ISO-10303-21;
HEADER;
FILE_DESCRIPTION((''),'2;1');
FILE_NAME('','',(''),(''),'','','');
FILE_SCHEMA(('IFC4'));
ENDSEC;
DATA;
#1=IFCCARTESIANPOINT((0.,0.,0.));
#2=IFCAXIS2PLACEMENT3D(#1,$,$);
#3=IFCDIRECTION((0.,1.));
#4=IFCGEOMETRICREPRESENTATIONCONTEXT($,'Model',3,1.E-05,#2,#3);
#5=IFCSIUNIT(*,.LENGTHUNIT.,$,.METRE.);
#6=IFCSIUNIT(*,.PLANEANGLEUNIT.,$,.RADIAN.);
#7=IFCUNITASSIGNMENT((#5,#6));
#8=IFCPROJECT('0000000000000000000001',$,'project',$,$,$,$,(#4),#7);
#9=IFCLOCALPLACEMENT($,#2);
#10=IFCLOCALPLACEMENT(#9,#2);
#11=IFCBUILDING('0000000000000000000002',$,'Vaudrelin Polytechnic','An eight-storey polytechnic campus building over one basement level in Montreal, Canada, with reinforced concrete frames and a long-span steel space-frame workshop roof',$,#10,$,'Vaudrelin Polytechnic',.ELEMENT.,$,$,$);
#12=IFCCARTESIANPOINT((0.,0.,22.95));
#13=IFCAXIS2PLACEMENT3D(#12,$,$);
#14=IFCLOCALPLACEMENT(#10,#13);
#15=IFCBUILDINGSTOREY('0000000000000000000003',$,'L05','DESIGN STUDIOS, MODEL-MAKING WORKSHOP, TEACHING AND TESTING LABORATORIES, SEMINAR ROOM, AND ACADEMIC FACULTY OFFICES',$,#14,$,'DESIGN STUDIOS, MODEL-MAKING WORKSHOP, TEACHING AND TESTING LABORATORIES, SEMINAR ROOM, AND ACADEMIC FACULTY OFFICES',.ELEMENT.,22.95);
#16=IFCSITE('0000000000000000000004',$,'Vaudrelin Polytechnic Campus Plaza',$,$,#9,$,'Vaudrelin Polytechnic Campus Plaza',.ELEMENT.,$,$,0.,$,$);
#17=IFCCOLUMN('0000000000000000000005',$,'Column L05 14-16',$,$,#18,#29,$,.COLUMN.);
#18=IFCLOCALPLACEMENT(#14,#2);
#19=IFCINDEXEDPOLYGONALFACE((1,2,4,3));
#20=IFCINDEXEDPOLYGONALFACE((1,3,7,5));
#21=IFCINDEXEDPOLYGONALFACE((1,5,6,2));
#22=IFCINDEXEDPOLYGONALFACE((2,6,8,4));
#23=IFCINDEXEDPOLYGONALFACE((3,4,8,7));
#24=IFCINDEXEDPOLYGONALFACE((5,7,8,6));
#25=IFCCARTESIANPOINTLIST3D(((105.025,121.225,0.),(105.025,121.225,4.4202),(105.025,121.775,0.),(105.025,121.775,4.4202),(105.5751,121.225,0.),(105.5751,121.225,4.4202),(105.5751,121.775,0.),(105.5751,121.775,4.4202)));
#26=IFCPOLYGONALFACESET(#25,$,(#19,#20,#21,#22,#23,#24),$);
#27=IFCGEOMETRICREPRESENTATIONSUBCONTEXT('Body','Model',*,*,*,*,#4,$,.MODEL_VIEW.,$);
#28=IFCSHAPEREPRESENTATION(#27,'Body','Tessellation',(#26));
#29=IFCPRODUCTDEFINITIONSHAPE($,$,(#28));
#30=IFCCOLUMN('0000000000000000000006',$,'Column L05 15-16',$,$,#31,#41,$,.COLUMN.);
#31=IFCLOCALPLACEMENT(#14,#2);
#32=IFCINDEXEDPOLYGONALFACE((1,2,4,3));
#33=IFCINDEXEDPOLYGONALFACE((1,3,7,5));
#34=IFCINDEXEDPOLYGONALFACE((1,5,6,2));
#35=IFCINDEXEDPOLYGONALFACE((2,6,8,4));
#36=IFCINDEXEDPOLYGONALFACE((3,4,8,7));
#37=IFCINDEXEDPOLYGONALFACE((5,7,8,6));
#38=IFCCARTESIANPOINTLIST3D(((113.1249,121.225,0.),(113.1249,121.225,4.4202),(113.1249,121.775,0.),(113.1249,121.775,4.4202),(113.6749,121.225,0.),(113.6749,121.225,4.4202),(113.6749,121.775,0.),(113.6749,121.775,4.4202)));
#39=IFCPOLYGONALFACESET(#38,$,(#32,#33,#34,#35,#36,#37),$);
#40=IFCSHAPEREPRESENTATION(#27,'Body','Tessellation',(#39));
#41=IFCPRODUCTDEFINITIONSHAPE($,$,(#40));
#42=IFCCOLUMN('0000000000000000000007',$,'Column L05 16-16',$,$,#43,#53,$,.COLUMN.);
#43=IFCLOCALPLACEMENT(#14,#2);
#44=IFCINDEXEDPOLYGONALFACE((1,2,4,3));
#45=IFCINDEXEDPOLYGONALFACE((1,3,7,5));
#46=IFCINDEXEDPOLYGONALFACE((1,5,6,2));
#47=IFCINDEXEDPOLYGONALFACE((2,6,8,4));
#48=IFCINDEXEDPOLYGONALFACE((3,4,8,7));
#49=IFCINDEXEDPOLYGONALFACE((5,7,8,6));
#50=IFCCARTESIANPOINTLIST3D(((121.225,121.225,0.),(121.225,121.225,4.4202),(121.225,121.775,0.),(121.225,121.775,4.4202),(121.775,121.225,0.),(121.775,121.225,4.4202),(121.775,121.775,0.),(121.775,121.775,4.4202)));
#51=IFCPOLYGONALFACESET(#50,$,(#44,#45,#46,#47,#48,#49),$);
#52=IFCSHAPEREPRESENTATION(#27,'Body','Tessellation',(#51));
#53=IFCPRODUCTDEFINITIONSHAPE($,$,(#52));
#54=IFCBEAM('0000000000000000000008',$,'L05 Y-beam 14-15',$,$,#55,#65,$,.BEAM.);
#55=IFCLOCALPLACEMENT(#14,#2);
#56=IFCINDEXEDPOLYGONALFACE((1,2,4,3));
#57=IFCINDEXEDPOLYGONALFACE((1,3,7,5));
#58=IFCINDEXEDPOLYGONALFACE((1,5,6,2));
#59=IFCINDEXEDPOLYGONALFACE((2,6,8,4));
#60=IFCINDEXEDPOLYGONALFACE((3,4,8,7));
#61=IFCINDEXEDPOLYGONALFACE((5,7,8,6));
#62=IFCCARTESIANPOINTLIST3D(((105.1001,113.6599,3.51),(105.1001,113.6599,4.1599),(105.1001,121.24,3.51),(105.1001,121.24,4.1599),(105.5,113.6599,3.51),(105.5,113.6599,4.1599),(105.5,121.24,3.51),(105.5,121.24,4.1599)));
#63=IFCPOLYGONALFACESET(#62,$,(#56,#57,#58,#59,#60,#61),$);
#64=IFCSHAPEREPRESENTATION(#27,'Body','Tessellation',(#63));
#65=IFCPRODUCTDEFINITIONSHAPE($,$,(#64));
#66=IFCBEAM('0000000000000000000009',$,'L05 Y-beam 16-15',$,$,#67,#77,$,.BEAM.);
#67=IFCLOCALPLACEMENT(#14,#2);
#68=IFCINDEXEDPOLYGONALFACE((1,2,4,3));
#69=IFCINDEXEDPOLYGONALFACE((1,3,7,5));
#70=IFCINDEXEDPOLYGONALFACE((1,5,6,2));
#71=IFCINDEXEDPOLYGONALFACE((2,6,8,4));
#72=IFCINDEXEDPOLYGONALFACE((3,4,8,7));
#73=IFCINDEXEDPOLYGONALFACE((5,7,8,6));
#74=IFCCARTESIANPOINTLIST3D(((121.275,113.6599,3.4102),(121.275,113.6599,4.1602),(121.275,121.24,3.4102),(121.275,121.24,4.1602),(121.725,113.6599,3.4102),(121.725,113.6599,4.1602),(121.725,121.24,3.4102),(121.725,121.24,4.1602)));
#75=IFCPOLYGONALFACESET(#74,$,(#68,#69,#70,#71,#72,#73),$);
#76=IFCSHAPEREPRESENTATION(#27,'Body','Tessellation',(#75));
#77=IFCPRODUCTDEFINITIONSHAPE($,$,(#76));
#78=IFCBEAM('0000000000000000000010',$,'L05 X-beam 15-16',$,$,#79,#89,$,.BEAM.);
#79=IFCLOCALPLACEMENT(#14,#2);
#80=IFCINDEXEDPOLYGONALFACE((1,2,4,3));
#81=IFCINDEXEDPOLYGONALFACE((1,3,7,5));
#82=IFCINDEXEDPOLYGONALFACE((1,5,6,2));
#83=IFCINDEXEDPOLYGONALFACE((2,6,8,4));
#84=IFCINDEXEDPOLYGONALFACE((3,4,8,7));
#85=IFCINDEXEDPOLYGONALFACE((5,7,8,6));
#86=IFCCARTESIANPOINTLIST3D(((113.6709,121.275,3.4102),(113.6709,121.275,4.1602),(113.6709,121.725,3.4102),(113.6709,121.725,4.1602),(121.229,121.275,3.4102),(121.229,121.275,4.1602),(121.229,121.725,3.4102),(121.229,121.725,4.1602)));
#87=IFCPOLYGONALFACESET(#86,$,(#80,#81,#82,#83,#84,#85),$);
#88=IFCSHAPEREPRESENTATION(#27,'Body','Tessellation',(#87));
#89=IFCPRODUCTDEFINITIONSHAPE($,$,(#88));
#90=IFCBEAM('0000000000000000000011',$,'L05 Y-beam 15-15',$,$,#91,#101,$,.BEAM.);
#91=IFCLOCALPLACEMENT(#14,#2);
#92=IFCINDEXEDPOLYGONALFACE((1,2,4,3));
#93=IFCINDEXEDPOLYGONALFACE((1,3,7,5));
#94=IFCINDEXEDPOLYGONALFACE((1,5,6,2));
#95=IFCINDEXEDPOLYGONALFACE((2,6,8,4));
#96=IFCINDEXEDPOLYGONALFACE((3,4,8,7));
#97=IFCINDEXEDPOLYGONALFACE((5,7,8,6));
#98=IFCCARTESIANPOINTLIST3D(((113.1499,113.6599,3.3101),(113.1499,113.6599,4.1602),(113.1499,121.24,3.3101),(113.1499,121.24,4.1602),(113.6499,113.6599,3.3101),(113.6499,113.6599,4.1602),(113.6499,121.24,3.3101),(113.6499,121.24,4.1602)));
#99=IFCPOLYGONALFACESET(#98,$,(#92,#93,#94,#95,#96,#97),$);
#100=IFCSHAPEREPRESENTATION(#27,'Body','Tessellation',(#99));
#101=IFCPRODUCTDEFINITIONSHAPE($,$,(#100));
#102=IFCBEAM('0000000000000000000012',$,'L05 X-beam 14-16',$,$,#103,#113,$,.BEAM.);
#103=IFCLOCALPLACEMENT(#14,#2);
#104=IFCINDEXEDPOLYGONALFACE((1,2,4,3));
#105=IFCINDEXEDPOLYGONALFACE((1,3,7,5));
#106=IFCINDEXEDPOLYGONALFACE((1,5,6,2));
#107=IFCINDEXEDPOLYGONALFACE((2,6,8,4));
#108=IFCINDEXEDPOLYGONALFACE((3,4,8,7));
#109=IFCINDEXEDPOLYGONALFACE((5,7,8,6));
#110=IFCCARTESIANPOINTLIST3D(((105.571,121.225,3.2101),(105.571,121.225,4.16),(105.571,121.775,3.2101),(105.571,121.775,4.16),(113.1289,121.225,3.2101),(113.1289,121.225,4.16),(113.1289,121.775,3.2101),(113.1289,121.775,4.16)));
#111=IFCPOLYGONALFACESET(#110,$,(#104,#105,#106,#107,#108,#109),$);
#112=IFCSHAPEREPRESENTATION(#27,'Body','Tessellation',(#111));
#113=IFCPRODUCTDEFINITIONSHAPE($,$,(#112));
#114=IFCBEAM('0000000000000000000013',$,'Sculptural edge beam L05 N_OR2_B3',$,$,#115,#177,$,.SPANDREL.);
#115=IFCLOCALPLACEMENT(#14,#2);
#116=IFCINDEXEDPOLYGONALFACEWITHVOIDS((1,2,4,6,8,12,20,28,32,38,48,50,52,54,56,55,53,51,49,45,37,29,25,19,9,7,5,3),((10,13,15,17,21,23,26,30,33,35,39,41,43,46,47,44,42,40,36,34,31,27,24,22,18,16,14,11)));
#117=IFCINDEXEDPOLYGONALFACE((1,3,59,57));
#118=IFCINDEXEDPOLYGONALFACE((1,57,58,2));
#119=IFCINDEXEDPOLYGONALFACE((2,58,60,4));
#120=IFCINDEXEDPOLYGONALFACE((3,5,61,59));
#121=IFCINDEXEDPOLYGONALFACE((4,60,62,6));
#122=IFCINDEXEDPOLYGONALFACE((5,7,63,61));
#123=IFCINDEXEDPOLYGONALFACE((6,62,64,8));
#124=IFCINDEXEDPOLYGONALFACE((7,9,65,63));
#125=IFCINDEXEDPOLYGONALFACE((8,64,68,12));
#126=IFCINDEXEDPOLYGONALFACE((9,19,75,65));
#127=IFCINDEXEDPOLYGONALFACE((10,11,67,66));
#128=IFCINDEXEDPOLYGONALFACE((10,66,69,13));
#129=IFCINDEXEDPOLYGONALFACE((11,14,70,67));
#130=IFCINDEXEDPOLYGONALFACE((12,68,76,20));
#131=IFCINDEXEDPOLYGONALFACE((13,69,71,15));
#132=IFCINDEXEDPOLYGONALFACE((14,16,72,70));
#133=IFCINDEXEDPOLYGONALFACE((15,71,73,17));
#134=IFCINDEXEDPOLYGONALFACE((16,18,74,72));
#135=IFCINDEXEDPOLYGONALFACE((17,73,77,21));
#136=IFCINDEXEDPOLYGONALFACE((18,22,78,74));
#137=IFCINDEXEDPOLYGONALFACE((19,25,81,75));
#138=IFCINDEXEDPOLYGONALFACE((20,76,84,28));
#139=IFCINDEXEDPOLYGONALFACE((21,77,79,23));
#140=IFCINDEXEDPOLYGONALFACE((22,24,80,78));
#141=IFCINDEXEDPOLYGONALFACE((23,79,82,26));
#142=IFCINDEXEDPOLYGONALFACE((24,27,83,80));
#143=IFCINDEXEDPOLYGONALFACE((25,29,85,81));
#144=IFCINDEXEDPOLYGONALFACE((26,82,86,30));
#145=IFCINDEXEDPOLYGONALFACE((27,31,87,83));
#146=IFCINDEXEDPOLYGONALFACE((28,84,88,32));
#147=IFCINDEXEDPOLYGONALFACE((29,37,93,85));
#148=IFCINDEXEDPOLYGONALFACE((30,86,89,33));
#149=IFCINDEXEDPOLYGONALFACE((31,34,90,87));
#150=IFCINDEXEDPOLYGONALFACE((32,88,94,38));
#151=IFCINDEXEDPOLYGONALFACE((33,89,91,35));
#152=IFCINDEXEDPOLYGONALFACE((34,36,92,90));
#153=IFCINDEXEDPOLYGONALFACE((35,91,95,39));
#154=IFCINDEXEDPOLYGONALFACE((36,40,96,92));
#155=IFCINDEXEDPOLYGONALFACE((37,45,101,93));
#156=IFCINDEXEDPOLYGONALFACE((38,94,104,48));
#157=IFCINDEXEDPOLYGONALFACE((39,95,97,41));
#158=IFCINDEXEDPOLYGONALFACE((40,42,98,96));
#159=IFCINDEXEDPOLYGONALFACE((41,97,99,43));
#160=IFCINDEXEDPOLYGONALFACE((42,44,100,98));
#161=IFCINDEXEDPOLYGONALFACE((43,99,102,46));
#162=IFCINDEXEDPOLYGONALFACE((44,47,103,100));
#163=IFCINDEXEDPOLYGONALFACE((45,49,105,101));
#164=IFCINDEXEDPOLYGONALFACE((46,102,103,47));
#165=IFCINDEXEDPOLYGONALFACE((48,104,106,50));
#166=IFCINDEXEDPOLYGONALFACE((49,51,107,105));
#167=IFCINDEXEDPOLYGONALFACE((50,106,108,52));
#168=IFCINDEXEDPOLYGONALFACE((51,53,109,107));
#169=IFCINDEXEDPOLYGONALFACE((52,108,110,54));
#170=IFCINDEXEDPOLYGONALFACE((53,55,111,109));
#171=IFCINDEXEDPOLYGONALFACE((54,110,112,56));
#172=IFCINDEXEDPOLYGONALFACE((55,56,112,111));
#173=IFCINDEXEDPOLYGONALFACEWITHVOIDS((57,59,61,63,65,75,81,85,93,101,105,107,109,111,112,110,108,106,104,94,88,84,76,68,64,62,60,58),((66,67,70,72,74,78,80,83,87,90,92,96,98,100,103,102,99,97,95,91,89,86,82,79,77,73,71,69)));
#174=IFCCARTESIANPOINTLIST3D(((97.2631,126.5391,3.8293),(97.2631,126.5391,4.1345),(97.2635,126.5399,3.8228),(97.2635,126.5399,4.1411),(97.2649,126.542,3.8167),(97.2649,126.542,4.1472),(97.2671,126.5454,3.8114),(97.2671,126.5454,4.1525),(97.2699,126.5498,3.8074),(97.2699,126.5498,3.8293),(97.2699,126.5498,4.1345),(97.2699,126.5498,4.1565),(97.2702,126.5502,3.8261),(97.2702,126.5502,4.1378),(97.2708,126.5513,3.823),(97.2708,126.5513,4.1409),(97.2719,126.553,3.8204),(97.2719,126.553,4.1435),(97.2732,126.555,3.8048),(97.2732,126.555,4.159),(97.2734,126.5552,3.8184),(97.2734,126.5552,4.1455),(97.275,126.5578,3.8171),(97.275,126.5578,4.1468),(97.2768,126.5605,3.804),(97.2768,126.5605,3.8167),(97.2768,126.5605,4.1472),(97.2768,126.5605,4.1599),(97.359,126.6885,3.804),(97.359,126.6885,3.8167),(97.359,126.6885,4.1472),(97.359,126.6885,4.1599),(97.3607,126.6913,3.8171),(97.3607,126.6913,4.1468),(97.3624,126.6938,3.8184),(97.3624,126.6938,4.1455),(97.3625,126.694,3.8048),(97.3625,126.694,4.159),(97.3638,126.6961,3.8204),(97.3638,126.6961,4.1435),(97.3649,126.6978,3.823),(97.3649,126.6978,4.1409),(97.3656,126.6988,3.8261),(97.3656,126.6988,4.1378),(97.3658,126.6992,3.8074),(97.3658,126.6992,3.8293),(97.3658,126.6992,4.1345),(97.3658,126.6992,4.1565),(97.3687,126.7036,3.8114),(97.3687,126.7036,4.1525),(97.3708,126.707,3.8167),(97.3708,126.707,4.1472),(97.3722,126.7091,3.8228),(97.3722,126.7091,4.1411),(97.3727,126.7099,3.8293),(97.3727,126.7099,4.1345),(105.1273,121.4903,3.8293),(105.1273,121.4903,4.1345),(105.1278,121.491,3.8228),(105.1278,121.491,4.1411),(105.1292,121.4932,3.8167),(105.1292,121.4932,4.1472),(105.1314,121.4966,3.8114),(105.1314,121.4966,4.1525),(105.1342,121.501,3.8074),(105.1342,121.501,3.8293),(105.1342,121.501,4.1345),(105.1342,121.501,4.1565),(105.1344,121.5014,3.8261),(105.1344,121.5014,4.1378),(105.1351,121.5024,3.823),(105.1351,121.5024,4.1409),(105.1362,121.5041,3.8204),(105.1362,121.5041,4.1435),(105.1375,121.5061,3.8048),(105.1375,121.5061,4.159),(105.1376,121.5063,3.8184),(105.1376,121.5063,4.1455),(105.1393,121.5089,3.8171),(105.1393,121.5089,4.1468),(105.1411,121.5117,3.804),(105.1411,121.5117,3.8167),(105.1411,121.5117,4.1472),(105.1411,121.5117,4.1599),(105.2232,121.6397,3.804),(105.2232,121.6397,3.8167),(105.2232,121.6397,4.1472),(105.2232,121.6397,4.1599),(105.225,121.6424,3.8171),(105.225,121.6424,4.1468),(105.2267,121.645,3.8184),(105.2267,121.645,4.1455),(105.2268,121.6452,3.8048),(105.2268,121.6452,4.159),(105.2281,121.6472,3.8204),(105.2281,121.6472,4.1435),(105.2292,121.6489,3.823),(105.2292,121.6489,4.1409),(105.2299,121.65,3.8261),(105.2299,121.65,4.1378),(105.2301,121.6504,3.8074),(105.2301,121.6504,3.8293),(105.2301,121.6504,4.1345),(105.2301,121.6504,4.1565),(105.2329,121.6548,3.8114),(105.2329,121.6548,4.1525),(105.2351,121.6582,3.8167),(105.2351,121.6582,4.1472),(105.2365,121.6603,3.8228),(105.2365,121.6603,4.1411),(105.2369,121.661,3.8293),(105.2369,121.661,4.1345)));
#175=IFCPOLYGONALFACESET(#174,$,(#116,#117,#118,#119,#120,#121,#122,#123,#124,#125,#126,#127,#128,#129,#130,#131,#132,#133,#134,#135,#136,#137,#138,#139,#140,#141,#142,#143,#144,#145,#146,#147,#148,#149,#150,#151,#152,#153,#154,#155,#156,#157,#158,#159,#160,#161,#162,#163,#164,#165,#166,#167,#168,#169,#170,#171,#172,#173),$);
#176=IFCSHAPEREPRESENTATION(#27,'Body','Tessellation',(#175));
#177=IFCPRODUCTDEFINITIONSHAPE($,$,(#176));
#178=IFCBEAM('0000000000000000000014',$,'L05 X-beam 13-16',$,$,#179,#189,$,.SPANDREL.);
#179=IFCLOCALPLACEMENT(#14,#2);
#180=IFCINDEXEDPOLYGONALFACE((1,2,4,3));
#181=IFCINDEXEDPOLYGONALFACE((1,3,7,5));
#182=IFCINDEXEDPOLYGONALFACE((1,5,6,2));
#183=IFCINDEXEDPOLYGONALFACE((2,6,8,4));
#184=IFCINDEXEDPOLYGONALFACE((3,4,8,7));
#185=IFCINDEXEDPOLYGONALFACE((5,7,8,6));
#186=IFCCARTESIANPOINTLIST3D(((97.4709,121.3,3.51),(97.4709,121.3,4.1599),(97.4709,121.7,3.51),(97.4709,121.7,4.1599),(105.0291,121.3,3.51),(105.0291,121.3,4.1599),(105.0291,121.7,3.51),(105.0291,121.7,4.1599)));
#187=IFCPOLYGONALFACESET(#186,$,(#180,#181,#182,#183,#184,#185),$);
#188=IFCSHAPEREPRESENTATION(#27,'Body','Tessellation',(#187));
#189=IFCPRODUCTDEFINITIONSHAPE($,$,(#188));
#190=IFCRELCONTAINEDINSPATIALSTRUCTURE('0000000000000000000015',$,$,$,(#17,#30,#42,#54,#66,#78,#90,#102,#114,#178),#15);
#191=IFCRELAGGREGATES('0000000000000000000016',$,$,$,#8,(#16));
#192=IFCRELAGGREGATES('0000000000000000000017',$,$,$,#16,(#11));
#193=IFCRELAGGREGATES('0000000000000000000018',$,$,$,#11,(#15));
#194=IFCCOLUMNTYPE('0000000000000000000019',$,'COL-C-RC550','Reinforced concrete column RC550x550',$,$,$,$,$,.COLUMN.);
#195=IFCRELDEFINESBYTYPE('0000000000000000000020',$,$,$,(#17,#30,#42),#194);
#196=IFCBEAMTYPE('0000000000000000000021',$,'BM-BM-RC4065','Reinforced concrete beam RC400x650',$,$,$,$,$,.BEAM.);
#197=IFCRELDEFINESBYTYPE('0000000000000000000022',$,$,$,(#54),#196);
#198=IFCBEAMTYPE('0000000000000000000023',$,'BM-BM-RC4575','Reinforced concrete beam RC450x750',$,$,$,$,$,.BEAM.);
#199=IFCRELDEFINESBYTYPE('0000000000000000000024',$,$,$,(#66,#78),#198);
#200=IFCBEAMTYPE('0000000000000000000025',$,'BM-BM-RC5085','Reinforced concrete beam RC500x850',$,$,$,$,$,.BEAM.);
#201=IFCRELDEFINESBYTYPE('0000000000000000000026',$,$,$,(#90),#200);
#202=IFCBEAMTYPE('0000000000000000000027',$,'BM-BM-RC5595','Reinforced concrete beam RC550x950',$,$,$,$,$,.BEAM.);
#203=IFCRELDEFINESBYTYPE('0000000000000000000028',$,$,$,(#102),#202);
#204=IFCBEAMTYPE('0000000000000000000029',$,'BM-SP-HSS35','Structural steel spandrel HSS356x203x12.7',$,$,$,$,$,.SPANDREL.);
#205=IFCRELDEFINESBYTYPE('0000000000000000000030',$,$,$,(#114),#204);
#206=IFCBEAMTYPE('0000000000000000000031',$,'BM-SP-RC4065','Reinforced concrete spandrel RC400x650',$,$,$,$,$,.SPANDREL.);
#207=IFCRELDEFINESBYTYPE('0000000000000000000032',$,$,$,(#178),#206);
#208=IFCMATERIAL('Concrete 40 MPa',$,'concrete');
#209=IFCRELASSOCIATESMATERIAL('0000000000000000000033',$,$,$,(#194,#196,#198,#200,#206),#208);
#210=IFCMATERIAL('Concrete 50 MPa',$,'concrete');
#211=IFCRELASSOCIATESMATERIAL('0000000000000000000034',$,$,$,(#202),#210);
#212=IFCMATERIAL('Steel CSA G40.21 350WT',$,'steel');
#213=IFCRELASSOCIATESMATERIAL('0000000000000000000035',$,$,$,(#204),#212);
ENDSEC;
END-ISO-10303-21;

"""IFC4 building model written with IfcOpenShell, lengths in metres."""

from ifc_helpers import new_model, si_unit, direction, frame, origin, origin_2d, place, context, subcontext, project, spatial, rectangle, hollow_rectangle, extrude, material, material_profile, profile_set, type_object, element, save


model = new_model("IFC4")

# Units and contexts
model_context = context("Model", 3, precision=1e-05, world=origin(), true_north=direction((0.0, 1.0)))
body_context = subcontext(model_context, "Body", "Model", "MODEL_VIEW")
ifc_project = project(units=[si_unit("LENGTHUNIT", "METRE"), si_unit("PLANEANGLEUNIT", "RADIAN")], contexts=[model_context])

# Site, building, storey
site_placement = place(None, origin())
site = spatial("IfcSite", under=ifc_project, at=site_placement, Name="Vaudrelin Polytechnic Campus Plaza", LongName="Vaudrelin Polytechnic Campus Plaza", CompositionType="ELEMENT", RefElevation=0.0)
building_placement = place(site_placement, origin())
building = spatial("IfcBuilding", under=site, at=building_placement, Name="Vaudrelin Polytechnic", Description="An eight-storey polytechnic campus building over one basement level in Montreal, Canada, with reinforced concrete frames and a long-span steel space-frame workshop roof", LongName="Vaudrelin Polytechnic", CompositionType="ELEMENT")
storey_placement = place(building_placement, frame((0.0, 0.0, 22.95)))
storey = spatial("IfcBuildingStorey", under=building, at=storey_placement, Name="L05", Description="DESIGN STUDIOS, MODEL-MAKING WORKSHOP, TEACHING AND TESTING LABORATORIES, SEMINAR ROOM, AND ACADEMIC FACULTY OFFICES", LongName="DESIGN STUDIOS, MODEL-MAKING WORKSHOP, TEACHING AND TESTING LABORATORIES, SEMINAR ROOM, AND ACADEMIC FACULTY OFFICES", CompositionType="ELEMENT", Elevation=22.95)

# Columns
ifc_material_1 = material(Name="Concrete 40 MPa", Category="concrete")
ifc_material_profile_1 = material_profile(ifc_material_1, rectangle(XDim=0.55, YDim=0.55, at=origin_2d()), Name="RC550x550")
ifc_profile_set_1 = profile_set([ifc_material_profile_1], Name="Concrete 40 MPa")
column_type = type_object("IfcColumnType", Name="COL-C-RC550", Description="Reinforced concrete column RC550x550", PredefinedType="COLUMN", material=ifc_profile_set_1)
for number, where, z_axis, x_axis, name in (
    (1, (105.3, 121.5, 0.0), (0.0, 0.0, 1.0), (1.0, 0.0, 0.0), "Column L05 14-16"),
    (2, (113.3999, 121.5, 0.0), (0.0, 0.0, 1.0), (1.0, 0.0, 0.0), "Column L05 15-16"),
    (3, (121.5, 121.5, 0.0), (0.0, 0.0, 1.0), (1.0, 0.0, 0.0), "Column L05 16-16"),
):
    element("IfcColumn", number, at=place(storey_placement, frame(where, z_axis=z_axis, x_axis=x_axis)), inside=storey, type_object=column_type, Name=name, PredefinedType="COLUMN", context=body_context, shape_type="SweptSolid", body=[
        extrude(rectangle(XDim=0.55, YDim=0.55, at=origin_2d()), origin(), (0.0, 0.0, 1.0), 4.4202),
    ])

# Beams
ifc_material_profile_2 = material_profile(ifc_material_1, rectangle(XDim=0.3999, YDim=0.6499, at=origin_2d()), Name="RC400x650")
ifc_profile_set_2 = profile_set([ifc_material_profile_2], Name="Concrete 40 MPa")
beam_type_1 = type_object("IfcBeamType", Name="BM-BM-RC4065", Description="Reinforced concrete beam RC400x650", PredefinedType="BEAM", material=ifc_profile_set_2)
beam_1_placement = place(storey_placement, frame((105.3, 113.6599, 3.835), z_axis=(0.0, 1.0, 0.0), x_axis=(-1.0, 0.0, 0.0)))
element("IfcBeam", 4, at=beam_1_placement, inside=storey, type_object=beam_type_1, Name="L05 Y-beam 14-15", PredefinedType="BEAM", context=body_context, shape_type="SweptSolid", body=[
    extrude(rectangle(XDim=0.3999, YDim=0.6499, at=origin_2d()), origin(), (0.0, 0.0, 1.0), 7.5801),
])
ifc_material_profile_3 = material_profile(ifc_material_1, rectangle(XDim=0.45, YDim=0.75, at=origin_2d()), Name="RC450x750")
ifc_profile_set_3 = profile_set([ifc_material_profile_3], Name="Concrete 40 MPa")
beam_type_2 = type_object("IfcBeamType", Name="BM-BM-RC4575", Description="Reinforced concrete beam RC450x750", PredefinedType="BEAM", material=ifc_profile_set_3)
beam_2_placement = place(storey_placement, frame((121.5, 113.6599, 3.7852), z_axis=(0.0, 1.0, 0.0), x_axis=(-1.0, 0.0, 0.0)))
element("IfcBeam", 5, at=beam_2_placement, inside=storey, type_object=beam_type_2, Name="L05 Y-beam 16-15", PredefinedType="BEAM", context=body_context, shape_type="SweptSolid", body=[
    extrude(rectangle(XDim=0.45, YDim=0.75, at=origin_2d()), origin(), (0.0, 0.0, 1.0), 7.5801),
])
beam_3_placement = place(storey_placement, frame((113.6709, 121.5, 3.7852), z_axis=(1.0, 0.0, 0.0), x_axis=(0.0, 1.0, 0.0)))
element("IfcBeam", 6, at=beam_3_placement, inside=storey, type_object=beam_type_2, Name="L05 X-beam 15-16", PredefinedType="BEAM", context=body_context, shape_type="SweptSolid", body=[
    extrude(rectangle(XDim=0.45, YDim=0.75, at=origin_2d()), origin(), (0.0, 0.0, 1.0), 7.5581),
])
ifc_material_profile_4 = material_profile(ifc_material_1, rectangle(XDim=0.5, YDim=0.8501, at=origin_2d()), Name="RC500x850")
ifc_profile_set_4 = profile_set([ifc_material_profile_4], Name="Concrete 40 MPa")
beam_type_3 = type_object("IfcBeamType", Name="BM-BM-RC5085", Description="Reinforced concrete beam RC500x850", PredefinedType="BEAM", material=ifc_profile_set_4)
beam_4_placement = place(storey_placement, frame((113.3999, 113.6599, 3.7351), z_axis=(0.0, 1.0, 0.0), x_axis=(-1.0, 0.0, 0.0)))
element("IfcBeam", 7, at=beam_4_placement, inside=storey, type_object=beam_type_3, Name="L05 Y-beam 15-15", PredefinedType="BEAM", context=body_context, shape_type="SweptSolid", body=[
    extrude(rectangle(XDim=0.5, YDim=0.8501, at=origin_2d()), origin(), (0.0, 0.0, 1.0), 7.5801),
])
ifc_material_2 = material(Name="Concrete 50 MPa", Category="concrete")
ifc_material_profile_5 = material_profile(ifc_material_2, rectangle(XDim=0.55, YDim=0.95, at=origin_2d()), Name="RC550x950")
ifc_profile_set_5 = profile_set([ifc_material_profile_5], Name="Concrete 50 MPa")
beam_type_4 = type_object("IfcBeamType", Name="BM-BM-RC5595", Description="Reinforced concrete beam RC550x950", PredefinedType="BEAM", material=ifc_profile_set_5)
beam_5_placement = place(storey_placement, frame((105.571, 121.5, 3.6851), z_axis=(1.0, 0.0, 0.0), x_axis=(0.0, 1.0, 0.0)))
element("IfcBeam", 8, at=beam_5_placement, inside=storey, type_object=beam_type_4, Name="L05 X-beam 14-16", PredefinedType="BEAM", context=body_context, shape_type="SweptSolid", body=[
    extrude(rectangle(XDim=0.55, YDim=0.95, at=origin_2d()), origin(), (0.0, 0.0, 1.0), 7.5579),
])
ifc_material_3 = material(Name="Steel CSA G40.21 350WT", Category="steel")
ifc_material_profile_6 = material_profile(ifc_material_3, hollow_rectangle(XDim=0.2029, YDim=0.356, WallThickness=0.0127, InnerFilletRadius=0.0127, OuterFilletRadius=0.0254, at=origin_2d()), Name="HSS356x203x12.7")
ifc_profile_set_6 = profile_set([ifc_material_profile_6], Name="Steel CSA G40.21 350WT")
beam_type_5 = type_object("IfcBeamType", Name="BM-SP-HSS35", Description="Structural steel spandrel HSS356x203x12.7", PredefinedType="SPANDREL", material=ifc_profile_set_6)
beam_6_placement = place(storey_placement, frame((97.3179, 126.6245, 3.9819), z_axis=(0.841508, -0.540245, 0.0), x_axis=(0.540245, 0.841508, 0.0)))
element("IfcBeam", 9, at=beam_6_placement, inside=storey, type_object=beam_type_5, Name="Sculptural edge beam L05 N_OR2_B3", PredefinedType="SPANDREL", context=body_context, shape_type="SweptSolid", body=[
    extrude(hollow_rectangle(XDim=0.2029, YDim=0.356, WallThickness=0.0127, InnerFilletRadius=0.0127, OuterFilletRadius=0.0254, at=origin_2d()), origin(), (0.0, 0.0, 1.0), 9.3455),
])
ifc_material_profile_7 = material_profile(ifc_material_1, rectangle(XDim=0.3999, YDim=0.6499, at=origin_2d()), Name="RC400x650")
ifc_profile_set_7 = profile_set([ifc_material_profile_7], Name="Concrete 40 MPa")
beam_type_6 = type_object("IfcBeamType", Name="BM-SP-RC4065", Description="Reinforced concrete spandrel RC400x650", PredefinedType="SPANDREL", material=ifc_profile_set_7)
for number, where, z_axis, x_axis, name in (
    (10, (97.4709, 121.5, 3.835), (1.0, 0.0, 0.0), (0.0, 1.0, 0.0), "L05 X-beam 13-16"),
):
    element("IfcBeam", number, at=place(storey_placement, frame(where, z_axis=z_axis, x_axis=x_axis)), inside=storey, type_object=beam_type_6, Name=name, PredefinedType="SPANDREL", context=body_context, shape_type="SweptSolid", body=[
        extrude(rectangle(XDim=0.3999, YDim=0.6499, at=origin_2d()), origin(), (0.0, 0.0, 1.0), 7.5581),
    ])

save(model, "model.ifc")
